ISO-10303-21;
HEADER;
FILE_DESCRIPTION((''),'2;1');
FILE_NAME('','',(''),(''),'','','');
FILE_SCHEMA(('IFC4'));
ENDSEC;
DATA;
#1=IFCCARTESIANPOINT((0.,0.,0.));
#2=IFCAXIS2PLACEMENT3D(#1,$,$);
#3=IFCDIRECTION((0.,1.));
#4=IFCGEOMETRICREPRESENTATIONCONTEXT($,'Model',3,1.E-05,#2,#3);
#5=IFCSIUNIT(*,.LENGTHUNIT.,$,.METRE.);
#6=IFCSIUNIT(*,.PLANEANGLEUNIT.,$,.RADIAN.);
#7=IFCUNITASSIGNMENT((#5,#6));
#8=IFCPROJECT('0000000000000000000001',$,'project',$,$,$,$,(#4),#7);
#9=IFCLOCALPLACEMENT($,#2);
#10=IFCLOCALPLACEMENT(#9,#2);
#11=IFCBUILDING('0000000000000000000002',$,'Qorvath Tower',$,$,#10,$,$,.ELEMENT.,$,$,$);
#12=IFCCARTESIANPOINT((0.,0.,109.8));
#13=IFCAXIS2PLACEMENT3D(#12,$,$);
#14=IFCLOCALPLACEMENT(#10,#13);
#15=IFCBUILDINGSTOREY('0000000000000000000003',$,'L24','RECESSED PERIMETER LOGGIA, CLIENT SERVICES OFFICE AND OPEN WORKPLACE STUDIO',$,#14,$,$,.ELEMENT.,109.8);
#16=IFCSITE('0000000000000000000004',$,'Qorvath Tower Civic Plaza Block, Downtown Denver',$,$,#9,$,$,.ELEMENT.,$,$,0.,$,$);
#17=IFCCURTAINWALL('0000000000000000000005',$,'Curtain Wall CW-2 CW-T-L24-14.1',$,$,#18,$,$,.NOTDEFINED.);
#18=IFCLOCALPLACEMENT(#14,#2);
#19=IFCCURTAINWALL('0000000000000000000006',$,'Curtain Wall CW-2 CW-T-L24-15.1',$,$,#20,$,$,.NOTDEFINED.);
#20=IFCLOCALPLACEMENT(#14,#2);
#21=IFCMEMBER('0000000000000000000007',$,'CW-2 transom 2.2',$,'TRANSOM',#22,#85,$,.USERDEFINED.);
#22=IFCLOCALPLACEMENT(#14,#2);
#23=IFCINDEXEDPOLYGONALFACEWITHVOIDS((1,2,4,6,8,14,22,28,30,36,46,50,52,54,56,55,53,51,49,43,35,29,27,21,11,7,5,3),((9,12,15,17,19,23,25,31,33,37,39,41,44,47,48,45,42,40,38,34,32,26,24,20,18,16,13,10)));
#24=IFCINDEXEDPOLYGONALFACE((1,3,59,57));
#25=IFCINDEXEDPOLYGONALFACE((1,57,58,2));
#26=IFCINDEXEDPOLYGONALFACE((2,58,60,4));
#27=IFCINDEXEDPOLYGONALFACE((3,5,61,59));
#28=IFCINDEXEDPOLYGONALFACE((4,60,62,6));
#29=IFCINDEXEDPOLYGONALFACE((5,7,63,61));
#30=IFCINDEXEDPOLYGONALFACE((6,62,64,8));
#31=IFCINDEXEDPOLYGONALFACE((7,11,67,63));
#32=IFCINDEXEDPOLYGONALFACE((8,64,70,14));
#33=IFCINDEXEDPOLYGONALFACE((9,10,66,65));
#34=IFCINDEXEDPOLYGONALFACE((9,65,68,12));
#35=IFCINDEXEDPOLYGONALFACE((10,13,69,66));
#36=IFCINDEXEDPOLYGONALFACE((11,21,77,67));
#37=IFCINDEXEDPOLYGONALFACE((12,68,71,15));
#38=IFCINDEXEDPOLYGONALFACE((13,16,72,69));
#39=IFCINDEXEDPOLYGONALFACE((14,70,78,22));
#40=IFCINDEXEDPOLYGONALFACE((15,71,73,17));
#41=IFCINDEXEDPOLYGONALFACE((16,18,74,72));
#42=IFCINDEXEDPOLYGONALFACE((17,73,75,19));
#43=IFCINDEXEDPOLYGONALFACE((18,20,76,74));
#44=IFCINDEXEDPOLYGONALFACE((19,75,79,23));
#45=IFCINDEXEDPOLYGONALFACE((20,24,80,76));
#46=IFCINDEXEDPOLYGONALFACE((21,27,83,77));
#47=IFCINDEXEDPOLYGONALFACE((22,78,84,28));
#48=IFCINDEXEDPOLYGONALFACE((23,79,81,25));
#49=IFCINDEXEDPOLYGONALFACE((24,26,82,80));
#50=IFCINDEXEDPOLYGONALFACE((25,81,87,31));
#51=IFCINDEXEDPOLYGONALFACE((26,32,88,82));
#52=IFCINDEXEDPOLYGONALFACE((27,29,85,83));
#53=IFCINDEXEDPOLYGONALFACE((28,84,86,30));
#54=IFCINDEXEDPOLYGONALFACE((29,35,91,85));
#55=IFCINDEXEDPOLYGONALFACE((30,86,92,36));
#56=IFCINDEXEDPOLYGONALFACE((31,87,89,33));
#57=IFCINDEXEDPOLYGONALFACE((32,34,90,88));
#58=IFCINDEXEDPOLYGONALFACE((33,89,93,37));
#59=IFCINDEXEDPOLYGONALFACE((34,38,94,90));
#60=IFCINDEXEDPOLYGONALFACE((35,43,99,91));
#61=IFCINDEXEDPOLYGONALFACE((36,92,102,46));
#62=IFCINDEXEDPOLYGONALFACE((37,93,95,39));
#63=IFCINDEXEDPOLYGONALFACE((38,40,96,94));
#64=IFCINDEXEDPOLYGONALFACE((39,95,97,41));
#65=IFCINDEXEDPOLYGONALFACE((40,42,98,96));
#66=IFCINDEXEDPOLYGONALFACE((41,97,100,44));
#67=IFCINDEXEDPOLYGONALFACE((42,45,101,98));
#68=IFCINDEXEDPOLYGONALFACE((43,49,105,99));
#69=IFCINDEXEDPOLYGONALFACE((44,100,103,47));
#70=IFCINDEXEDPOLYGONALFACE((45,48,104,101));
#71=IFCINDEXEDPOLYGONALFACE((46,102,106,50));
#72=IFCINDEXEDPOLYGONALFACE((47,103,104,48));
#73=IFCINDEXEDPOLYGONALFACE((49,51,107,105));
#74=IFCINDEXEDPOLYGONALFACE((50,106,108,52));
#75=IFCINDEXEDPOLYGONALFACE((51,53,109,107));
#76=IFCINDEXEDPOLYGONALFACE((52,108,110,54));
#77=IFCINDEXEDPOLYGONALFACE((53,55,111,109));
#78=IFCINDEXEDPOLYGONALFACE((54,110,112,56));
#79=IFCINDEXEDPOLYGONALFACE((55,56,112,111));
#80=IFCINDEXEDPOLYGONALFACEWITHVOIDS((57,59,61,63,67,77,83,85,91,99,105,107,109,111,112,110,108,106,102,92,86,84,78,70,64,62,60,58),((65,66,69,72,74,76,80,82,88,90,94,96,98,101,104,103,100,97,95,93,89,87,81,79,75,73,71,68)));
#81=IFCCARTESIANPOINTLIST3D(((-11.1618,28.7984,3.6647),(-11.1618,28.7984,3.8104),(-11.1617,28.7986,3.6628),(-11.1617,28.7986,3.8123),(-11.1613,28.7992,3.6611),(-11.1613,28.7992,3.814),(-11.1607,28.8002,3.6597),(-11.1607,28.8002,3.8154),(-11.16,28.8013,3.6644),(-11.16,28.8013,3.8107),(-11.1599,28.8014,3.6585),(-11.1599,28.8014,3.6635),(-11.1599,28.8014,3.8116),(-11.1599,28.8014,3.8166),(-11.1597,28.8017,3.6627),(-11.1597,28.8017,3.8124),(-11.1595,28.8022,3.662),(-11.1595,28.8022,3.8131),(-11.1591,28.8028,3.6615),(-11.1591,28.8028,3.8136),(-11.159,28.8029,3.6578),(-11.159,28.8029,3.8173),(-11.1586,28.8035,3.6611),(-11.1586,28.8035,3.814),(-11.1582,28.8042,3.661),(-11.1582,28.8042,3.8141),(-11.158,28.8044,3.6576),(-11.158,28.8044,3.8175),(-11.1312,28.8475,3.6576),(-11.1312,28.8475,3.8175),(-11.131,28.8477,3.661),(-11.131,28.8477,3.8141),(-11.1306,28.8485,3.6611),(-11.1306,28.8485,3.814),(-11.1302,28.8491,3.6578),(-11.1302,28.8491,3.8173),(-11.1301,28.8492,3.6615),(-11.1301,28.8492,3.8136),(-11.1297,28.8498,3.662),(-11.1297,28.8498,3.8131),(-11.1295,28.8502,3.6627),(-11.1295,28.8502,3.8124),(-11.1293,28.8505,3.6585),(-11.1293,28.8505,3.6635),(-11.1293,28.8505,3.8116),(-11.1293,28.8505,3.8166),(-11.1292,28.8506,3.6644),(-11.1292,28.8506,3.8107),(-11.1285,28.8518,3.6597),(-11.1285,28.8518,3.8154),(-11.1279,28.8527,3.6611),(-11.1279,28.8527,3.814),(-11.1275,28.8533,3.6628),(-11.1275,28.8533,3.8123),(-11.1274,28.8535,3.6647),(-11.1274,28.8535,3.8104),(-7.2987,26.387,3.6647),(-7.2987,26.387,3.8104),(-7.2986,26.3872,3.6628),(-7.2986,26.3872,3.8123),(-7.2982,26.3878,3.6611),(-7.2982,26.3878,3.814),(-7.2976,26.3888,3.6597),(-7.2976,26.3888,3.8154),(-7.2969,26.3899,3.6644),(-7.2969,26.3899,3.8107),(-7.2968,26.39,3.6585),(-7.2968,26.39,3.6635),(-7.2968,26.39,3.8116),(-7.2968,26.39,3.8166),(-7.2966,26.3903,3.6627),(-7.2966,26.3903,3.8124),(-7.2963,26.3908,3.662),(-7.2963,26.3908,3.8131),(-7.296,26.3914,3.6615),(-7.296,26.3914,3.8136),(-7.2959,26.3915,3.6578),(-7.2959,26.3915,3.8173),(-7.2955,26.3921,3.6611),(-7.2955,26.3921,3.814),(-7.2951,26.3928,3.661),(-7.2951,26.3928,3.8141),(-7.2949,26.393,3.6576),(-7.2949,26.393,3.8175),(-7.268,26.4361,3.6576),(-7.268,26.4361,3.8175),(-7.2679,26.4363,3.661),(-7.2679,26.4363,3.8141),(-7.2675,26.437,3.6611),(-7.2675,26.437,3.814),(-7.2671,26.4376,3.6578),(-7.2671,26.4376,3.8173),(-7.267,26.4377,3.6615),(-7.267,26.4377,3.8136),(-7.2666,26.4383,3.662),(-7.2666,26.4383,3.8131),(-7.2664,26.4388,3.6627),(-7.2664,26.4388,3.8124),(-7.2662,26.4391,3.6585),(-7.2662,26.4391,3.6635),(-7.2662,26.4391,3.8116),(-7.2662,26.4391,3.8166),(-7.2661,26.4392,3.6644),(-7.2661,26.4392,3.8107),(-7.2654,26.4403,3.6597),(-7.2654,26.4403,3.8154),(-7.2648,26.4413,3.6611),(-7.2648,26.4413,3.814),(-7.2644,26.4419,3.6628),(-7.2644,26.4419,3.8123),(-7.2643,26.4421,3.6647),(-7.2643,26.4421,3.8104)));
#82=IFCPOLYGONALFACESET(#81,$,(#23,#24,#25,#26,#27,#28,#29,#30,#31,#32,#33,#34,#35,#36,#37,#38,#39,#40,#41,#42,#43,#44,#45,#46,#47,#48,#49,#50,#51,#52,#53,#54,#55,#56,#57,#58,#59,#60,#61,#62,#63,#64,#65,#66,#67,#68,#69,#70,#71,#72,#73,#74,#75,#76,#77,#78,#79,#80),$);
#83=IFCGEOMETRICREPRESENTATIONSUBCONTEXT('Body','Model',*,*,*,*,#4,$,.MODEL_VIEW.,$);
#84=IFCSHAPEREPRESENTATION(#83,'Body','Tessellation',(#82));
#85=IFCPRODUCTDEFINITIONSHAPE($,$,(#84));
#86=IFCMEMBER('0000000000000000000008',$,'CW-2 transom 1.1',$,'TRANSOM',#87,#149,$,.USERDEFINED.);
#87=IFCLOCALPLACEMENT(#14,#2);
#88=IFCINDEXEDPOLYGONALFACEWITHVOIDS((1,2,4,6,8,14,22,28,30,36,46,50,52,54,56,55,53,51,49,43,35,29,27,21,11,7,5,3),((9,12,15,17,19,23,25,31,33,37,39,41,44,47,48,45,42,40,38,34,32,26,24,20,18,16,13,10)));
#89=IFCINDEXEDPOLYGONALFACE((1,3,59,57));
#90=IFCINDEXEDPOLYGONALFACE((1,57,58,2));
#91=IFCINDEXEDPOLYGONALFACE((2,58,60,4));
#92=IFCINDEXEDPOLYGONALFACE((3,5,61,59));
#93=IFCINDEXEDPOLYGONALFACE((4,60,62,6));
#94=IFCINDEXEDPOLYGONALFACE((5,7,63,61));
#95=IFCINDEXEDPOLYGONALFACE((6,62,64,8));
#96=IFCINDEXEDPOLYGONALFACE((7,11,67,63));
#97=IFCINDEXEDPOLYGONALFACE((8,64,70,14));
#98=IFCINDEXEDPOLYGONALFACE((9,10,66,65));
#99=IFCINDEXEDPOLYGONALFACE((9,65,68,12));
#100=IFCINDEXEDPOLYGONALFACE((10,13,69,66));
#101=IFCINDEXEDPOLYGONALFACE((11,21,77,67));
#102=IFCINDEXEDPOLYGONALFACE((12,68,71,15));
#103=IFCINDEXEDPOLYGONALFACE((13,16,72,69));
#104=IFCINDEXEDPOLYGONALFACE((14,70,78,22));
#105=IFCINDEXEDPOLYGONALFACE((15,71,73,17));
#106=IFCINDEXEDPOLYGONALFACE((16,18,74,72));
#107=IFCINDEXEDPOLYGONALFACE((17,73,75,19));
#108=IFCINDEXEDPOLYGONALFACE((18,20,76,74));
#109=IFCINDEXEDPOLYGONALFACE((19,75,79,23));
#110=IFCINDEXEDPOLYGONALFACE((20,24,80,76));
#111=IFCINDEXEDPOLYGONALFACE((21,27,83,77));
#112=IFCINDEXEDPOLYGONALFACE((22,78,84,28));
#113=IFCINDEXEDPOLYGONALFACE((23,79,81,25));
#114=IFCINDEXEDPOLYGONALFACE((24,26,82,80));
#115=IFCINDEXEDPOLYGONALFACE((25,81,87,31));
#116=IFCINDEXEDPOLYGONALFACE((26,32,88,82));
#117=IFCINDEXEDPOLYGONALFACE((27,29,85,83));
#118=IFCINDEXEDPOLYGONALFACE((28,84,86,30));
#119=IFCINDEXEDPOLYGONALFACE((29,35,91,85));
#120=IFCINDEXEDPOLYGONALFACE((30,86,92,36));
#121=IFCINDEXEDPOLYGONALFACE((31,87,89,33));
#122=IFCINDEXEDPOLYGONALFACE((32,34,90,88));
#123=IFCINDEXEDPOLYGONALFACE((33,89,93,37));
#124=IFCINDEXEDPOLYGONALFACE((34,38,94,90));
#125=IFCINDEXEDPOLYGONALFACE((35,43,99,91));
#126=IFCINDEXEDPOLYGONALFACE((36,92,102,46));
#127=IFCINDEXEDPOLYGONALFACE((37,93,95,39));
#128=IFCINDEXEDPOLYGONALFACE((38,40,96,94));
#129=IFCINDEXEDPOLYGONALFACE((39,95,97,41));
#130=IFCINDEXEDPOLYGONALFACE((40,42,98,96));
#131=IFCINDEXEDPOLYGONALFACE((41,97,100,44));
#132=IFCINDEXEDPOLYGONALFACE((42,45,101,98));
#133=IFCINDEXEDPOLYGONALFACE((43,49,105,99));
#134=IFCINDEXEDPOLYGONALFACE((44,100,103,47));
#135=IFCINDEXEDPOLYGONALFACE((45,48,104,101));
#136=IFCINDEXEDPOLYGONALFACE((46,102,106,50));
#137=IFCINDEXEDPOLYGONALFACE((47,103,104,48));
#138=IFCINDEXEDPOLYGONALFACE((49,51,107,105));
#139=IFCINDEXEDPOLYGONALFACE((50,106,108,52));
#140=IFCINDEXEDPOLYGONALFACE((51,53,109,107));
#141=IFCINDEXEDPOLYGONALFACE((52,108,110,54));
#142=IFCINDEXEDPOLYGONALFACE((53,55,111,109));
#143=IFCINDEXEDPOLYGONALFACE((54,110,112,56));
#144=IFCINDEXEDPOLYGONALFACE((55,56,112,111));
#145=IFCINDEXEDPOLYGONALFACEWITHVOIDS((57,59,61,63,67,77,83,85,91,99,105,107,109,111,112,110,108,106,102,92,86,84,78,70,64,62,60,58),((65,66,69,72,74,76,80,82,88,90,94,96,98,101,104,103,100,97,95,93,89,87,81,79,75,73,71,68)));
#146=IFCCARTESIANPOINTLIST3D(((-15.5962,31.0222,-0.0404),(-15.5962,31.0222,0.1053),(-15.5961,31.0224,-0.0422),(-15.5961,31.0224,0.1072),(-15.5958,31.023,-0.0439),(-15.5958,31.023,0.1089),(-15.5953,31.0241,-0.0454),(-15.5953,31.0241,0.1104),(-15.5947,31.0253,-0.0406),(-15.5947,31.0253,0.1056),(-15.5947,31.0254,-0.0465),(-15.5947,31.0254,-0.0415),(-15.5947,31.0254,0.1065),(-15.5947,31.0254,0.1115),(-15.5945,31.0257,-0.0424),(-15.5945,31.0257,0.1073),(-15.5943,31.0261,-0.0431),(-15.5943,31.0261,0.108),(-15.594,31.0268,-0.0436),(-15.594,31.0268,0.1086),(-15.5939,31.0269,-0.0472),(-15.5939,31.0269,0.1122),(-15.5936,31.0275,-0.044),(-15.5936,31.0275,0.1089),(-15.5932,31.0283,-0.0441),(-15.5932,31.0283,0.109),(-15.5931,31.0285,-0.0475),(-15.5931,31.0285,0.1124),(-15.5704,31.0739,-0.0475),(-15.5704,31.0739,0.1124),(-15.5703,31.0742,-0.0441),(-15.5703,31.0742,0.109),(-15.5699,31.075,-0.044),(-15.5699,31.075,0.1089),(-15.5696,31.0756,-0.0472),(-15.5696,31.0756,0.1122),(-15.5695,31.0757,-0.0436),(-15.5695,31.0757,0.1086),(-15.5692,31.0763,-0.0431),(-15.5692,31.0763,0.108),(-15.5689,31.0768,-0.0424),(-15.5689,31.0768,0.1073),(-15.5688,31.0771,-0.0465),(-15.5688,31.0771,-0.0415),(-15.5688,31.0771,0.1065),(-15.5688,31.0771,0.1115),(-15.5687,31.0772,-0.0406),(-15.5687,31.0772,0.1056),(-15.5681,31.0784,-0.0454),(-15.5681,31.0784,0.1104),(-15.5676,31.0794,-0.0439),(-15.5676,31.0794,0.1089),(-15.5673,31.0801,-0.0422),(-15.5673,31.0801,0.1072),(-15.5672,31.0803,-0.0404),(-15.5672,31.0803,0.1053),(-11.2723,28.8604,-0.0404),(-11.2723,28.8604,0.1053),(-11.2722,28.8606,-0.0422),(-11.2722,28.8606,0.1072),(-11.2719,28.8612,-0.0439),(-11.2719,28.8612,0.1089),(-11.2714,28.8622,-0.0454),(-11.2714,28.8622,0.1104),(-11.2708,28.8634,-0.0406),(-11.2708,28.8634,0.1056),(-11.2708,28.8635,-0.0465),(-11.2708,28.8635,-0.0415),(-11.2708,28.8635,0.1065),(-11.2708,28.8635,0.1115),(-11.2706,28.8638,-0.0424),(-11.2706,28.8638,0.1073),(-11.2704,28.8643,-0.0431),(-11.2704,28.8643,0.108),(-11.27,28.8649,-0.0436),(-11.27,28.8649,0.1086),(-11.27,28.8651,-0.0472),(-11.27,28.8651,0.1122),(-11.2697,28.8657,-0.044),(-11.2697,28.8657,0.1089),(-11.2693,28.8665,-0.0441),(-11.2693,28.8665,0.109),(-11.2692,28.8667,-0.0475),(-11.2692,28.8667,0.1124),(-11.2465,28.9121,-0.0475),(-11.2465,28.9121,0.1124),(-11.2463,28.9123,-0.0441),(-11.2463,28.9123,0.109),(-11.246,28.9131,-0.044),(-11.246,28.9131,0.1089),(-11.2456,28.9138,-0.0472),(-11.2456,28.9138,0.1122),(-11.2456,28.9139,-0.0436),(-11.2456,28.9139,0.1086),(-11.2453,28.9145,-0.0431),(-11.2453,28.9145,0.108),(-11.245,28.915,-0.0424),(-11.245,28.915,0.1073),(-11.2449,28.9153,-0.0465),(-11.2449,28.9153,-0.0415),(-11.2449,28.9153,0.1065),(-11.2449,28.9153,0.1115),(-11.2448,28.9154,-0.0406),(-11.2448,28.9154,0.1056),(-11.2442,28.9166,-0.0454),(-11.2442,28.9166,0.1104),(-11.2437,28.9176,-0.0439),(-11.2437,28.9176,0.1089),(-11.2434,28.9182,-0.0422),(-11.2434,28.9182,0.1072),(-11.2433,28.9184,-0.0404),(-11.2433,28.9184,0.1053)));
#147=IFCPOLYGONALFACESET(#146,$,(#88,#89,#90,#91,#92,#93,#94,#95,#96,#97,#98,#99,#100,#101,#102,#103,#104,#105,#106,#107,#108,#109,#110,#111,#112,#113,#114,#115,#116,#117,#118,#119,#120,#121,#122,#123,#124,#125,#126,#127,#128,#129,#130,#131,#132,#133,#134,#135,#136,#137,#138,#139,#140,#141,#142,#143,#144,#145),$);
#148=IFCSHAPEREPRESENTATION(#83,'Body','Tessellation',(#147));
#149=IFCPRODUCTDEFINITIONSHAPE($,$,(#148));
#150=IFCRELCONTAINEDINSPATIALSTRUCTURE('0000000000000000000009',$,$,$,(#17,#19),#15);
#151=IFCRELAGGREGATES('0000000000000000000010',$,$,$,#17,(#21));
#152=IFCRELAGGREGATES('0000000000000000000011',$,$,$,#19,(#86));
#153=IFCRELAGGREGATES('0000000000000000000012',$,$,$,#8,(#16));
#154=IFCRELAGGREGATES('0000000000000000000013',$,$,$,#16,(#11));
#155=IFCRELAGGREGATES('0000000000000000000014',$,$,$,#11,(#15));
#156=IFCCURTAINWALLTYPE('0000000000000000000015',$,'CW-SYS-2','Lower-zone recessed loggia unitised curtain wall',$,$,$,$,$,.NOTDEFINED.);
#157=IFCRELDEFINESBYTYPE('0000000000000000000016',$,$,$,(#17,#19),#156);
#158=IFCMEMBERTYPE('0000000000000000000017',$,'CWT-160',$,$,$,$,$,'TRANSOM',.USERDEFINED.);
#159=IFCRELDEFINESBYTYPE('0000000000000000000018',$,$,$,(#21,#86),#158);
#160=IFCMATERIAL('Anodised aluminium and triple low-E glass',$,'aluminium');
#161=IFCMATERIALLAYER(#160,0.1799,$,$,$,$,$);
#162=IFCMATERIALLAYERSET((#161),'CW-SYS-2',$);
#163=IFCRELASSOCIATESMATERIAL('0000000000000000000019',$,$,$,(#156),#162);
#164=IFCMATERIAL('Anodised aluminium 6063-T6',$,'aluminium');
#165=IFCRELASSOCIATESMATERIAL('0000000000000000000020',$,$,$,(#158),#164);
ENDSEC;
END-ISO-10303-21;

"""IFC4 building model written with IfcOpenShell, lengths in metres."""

from ifc_helpers import new_model, si_unit, direction, frame, origin, origin_2d, place, context, subcontext, project, spatial, hollow_rectangle, extrude, material, layer, layer_set, material_profile, profile_set, type_object, element, aggregate, save


model = new_model("IFC4")

# Units and contexts
model_context = context("Model", 3, precision=1e-05, world=origin(), true_north=direction((0.0, 1.0)))
body_context = subcontext(model_context, "Body", "Model", "MODEL_VIEW")
ifc_project = project(units=[si_unit("LENGTHUNIT", "METRE"), si_unit("PLANEANGLEUNIT", "RADIAN")], contexts=[model_context])

# Site, building, storey
site_placement = place(None, origin())
site = spatial("IfcSite", under=ifc_project, at=site_placement, Name="Qorvath Tower Civic Plaza Block, Downtown Denver", CompositionType="ELEMENT", RefElevation=0.0)
building_placement = place(site_placement, origin())
building = spatial("IfcBuilding", under=site, at=building_placement, Name="Qorvath Tower", CompositionType="ELEMENT")
storey_placement = place(building_placement, frame((0.0, 0.0, 109.8)))
storey = spatial("IfcBuildingStorey", under=building, at=storey_placement, Name="L24", Description="RECESSED PERIMETER LOGGIA, CLIENT SERVICES OFFICE AND OPEN WORKPLACE STUDIO", CompositionType="ELEMENT", Elevation=109.8)

# Shared definitions
ifc_material_1 = material(Name="Anodised aluminium and triple low-E glass", Category="aluminium")
ifc_layer_1 = layer(ifc_material_1, 0.1799)
ifc_layer_set_1 = layer_set([ifc_layer_1], Name="CW-SYS-2")
curtain_wall_type = type_object("IfcCurtainWallType", Name="CW-SYS-2", Description="Lower-zone recessed loggia unitised curtain wall", PredefinedType="NOTDEFINED", material=ifc_layer_set_1)

# Curtain walls
curtain_wall_1_placement = place(storey_placement, origin())
curtain_wall_1 = element("IfcCurtainWall", 1, at=curtain_wall_1_placement, inside=storey, type_object=curtain_wall_type, Name="Curtain Wall CW-2 CW-T-L24-14.1", PredefinedType="NOTDEFINED")
curtain_wall_2_placement = place(storey_placement, origin())
curtain_wall_2 = element("IfcCurtainWall", 2, at=curtain_wall_2_placement, inside=storey, type_object=curtain_wall_type, Name="Curtain Wall CW-2 CW-T-L24-15.1", PredefinedType="NOTDEFINED")

# Members
ifc_material_2 = material(Name="Anodised aluminium 6063-T6", Category="aluminium")
ifc_material_profile_1 = material_profile(ifc_material_2, hollow_rectangle(XDim=0.0649, YDim=0.1599, WallThickness=0.0034, InnerFilletRadius=0.0034, OuterFilletRadius=0.0071, at=origin_2d()), Name="CWT 160x65")
ifc_profile_set_1 = profile_set([ifc_material_profile_1], Name="Anodised aluminium 6063-T6")
member_type_1 = type_object("IfcMemberType", Name="CWT-160", ElementType="TRANSOM", PredefinedType="USERDEFINED", material=ifc_profile_set_1)
member_1_placement = place(storey_placement, frame((-7.2815, 26.4146, 3.7375), z_axis=(-0.848296, 0.529522, 0.0), x_axis=(-0.529522, -0.848296, 0.0)))
member_1 = element("IfcMember", 3, at=member_1_placement, type_object=member_type_1, Name="CW-2 transom 2.2", ObjectType="TRANSOM", PredefinedType="USERDEFINED", context=body_context, shape_type="SweptSolid", body=[
    extrude(hollow_rectangle(XDim=0.0649, YDim=0.1599, WallThickness=0.0034, InnerFilletRadius=0.0034, OuterFilletRadius=0.0071, at=origin_2d()), origin(), (0.0, 0.0, 1.0), 4.554),
])
member_2_placement = place(storey_placement, frame((-11.2578, 28.8894, 0.0325), z_axis=(-0.894437, 0.447193, 0.0), x_axis=(-0.447193, -0.894437, 0.0)))
member_2 = element("IfcMember", 4, at=member_2_placement, type_object=member_type_1, Name="CW-2 transom 1.1", ObjectType="TRANSOM", PredefinedType="USERDEFINED", context=body_context, shape_type="SweptSolid", body=[
    extrude(hollow_rectangle(XDim=0.0649, YDim=0.1599, WallThickness=0.0034, InnerFilletRadius=0.0034, OuterFilletRadius=0.0071, at=origin_2d()), origin(), (0.0, 0.0, 1.0), 4.8342),
])

aggregate(curtain_wall_1, [member_1])
aggregate(curtain_wall_2, [member_2])

save(model, "model.ifc")
